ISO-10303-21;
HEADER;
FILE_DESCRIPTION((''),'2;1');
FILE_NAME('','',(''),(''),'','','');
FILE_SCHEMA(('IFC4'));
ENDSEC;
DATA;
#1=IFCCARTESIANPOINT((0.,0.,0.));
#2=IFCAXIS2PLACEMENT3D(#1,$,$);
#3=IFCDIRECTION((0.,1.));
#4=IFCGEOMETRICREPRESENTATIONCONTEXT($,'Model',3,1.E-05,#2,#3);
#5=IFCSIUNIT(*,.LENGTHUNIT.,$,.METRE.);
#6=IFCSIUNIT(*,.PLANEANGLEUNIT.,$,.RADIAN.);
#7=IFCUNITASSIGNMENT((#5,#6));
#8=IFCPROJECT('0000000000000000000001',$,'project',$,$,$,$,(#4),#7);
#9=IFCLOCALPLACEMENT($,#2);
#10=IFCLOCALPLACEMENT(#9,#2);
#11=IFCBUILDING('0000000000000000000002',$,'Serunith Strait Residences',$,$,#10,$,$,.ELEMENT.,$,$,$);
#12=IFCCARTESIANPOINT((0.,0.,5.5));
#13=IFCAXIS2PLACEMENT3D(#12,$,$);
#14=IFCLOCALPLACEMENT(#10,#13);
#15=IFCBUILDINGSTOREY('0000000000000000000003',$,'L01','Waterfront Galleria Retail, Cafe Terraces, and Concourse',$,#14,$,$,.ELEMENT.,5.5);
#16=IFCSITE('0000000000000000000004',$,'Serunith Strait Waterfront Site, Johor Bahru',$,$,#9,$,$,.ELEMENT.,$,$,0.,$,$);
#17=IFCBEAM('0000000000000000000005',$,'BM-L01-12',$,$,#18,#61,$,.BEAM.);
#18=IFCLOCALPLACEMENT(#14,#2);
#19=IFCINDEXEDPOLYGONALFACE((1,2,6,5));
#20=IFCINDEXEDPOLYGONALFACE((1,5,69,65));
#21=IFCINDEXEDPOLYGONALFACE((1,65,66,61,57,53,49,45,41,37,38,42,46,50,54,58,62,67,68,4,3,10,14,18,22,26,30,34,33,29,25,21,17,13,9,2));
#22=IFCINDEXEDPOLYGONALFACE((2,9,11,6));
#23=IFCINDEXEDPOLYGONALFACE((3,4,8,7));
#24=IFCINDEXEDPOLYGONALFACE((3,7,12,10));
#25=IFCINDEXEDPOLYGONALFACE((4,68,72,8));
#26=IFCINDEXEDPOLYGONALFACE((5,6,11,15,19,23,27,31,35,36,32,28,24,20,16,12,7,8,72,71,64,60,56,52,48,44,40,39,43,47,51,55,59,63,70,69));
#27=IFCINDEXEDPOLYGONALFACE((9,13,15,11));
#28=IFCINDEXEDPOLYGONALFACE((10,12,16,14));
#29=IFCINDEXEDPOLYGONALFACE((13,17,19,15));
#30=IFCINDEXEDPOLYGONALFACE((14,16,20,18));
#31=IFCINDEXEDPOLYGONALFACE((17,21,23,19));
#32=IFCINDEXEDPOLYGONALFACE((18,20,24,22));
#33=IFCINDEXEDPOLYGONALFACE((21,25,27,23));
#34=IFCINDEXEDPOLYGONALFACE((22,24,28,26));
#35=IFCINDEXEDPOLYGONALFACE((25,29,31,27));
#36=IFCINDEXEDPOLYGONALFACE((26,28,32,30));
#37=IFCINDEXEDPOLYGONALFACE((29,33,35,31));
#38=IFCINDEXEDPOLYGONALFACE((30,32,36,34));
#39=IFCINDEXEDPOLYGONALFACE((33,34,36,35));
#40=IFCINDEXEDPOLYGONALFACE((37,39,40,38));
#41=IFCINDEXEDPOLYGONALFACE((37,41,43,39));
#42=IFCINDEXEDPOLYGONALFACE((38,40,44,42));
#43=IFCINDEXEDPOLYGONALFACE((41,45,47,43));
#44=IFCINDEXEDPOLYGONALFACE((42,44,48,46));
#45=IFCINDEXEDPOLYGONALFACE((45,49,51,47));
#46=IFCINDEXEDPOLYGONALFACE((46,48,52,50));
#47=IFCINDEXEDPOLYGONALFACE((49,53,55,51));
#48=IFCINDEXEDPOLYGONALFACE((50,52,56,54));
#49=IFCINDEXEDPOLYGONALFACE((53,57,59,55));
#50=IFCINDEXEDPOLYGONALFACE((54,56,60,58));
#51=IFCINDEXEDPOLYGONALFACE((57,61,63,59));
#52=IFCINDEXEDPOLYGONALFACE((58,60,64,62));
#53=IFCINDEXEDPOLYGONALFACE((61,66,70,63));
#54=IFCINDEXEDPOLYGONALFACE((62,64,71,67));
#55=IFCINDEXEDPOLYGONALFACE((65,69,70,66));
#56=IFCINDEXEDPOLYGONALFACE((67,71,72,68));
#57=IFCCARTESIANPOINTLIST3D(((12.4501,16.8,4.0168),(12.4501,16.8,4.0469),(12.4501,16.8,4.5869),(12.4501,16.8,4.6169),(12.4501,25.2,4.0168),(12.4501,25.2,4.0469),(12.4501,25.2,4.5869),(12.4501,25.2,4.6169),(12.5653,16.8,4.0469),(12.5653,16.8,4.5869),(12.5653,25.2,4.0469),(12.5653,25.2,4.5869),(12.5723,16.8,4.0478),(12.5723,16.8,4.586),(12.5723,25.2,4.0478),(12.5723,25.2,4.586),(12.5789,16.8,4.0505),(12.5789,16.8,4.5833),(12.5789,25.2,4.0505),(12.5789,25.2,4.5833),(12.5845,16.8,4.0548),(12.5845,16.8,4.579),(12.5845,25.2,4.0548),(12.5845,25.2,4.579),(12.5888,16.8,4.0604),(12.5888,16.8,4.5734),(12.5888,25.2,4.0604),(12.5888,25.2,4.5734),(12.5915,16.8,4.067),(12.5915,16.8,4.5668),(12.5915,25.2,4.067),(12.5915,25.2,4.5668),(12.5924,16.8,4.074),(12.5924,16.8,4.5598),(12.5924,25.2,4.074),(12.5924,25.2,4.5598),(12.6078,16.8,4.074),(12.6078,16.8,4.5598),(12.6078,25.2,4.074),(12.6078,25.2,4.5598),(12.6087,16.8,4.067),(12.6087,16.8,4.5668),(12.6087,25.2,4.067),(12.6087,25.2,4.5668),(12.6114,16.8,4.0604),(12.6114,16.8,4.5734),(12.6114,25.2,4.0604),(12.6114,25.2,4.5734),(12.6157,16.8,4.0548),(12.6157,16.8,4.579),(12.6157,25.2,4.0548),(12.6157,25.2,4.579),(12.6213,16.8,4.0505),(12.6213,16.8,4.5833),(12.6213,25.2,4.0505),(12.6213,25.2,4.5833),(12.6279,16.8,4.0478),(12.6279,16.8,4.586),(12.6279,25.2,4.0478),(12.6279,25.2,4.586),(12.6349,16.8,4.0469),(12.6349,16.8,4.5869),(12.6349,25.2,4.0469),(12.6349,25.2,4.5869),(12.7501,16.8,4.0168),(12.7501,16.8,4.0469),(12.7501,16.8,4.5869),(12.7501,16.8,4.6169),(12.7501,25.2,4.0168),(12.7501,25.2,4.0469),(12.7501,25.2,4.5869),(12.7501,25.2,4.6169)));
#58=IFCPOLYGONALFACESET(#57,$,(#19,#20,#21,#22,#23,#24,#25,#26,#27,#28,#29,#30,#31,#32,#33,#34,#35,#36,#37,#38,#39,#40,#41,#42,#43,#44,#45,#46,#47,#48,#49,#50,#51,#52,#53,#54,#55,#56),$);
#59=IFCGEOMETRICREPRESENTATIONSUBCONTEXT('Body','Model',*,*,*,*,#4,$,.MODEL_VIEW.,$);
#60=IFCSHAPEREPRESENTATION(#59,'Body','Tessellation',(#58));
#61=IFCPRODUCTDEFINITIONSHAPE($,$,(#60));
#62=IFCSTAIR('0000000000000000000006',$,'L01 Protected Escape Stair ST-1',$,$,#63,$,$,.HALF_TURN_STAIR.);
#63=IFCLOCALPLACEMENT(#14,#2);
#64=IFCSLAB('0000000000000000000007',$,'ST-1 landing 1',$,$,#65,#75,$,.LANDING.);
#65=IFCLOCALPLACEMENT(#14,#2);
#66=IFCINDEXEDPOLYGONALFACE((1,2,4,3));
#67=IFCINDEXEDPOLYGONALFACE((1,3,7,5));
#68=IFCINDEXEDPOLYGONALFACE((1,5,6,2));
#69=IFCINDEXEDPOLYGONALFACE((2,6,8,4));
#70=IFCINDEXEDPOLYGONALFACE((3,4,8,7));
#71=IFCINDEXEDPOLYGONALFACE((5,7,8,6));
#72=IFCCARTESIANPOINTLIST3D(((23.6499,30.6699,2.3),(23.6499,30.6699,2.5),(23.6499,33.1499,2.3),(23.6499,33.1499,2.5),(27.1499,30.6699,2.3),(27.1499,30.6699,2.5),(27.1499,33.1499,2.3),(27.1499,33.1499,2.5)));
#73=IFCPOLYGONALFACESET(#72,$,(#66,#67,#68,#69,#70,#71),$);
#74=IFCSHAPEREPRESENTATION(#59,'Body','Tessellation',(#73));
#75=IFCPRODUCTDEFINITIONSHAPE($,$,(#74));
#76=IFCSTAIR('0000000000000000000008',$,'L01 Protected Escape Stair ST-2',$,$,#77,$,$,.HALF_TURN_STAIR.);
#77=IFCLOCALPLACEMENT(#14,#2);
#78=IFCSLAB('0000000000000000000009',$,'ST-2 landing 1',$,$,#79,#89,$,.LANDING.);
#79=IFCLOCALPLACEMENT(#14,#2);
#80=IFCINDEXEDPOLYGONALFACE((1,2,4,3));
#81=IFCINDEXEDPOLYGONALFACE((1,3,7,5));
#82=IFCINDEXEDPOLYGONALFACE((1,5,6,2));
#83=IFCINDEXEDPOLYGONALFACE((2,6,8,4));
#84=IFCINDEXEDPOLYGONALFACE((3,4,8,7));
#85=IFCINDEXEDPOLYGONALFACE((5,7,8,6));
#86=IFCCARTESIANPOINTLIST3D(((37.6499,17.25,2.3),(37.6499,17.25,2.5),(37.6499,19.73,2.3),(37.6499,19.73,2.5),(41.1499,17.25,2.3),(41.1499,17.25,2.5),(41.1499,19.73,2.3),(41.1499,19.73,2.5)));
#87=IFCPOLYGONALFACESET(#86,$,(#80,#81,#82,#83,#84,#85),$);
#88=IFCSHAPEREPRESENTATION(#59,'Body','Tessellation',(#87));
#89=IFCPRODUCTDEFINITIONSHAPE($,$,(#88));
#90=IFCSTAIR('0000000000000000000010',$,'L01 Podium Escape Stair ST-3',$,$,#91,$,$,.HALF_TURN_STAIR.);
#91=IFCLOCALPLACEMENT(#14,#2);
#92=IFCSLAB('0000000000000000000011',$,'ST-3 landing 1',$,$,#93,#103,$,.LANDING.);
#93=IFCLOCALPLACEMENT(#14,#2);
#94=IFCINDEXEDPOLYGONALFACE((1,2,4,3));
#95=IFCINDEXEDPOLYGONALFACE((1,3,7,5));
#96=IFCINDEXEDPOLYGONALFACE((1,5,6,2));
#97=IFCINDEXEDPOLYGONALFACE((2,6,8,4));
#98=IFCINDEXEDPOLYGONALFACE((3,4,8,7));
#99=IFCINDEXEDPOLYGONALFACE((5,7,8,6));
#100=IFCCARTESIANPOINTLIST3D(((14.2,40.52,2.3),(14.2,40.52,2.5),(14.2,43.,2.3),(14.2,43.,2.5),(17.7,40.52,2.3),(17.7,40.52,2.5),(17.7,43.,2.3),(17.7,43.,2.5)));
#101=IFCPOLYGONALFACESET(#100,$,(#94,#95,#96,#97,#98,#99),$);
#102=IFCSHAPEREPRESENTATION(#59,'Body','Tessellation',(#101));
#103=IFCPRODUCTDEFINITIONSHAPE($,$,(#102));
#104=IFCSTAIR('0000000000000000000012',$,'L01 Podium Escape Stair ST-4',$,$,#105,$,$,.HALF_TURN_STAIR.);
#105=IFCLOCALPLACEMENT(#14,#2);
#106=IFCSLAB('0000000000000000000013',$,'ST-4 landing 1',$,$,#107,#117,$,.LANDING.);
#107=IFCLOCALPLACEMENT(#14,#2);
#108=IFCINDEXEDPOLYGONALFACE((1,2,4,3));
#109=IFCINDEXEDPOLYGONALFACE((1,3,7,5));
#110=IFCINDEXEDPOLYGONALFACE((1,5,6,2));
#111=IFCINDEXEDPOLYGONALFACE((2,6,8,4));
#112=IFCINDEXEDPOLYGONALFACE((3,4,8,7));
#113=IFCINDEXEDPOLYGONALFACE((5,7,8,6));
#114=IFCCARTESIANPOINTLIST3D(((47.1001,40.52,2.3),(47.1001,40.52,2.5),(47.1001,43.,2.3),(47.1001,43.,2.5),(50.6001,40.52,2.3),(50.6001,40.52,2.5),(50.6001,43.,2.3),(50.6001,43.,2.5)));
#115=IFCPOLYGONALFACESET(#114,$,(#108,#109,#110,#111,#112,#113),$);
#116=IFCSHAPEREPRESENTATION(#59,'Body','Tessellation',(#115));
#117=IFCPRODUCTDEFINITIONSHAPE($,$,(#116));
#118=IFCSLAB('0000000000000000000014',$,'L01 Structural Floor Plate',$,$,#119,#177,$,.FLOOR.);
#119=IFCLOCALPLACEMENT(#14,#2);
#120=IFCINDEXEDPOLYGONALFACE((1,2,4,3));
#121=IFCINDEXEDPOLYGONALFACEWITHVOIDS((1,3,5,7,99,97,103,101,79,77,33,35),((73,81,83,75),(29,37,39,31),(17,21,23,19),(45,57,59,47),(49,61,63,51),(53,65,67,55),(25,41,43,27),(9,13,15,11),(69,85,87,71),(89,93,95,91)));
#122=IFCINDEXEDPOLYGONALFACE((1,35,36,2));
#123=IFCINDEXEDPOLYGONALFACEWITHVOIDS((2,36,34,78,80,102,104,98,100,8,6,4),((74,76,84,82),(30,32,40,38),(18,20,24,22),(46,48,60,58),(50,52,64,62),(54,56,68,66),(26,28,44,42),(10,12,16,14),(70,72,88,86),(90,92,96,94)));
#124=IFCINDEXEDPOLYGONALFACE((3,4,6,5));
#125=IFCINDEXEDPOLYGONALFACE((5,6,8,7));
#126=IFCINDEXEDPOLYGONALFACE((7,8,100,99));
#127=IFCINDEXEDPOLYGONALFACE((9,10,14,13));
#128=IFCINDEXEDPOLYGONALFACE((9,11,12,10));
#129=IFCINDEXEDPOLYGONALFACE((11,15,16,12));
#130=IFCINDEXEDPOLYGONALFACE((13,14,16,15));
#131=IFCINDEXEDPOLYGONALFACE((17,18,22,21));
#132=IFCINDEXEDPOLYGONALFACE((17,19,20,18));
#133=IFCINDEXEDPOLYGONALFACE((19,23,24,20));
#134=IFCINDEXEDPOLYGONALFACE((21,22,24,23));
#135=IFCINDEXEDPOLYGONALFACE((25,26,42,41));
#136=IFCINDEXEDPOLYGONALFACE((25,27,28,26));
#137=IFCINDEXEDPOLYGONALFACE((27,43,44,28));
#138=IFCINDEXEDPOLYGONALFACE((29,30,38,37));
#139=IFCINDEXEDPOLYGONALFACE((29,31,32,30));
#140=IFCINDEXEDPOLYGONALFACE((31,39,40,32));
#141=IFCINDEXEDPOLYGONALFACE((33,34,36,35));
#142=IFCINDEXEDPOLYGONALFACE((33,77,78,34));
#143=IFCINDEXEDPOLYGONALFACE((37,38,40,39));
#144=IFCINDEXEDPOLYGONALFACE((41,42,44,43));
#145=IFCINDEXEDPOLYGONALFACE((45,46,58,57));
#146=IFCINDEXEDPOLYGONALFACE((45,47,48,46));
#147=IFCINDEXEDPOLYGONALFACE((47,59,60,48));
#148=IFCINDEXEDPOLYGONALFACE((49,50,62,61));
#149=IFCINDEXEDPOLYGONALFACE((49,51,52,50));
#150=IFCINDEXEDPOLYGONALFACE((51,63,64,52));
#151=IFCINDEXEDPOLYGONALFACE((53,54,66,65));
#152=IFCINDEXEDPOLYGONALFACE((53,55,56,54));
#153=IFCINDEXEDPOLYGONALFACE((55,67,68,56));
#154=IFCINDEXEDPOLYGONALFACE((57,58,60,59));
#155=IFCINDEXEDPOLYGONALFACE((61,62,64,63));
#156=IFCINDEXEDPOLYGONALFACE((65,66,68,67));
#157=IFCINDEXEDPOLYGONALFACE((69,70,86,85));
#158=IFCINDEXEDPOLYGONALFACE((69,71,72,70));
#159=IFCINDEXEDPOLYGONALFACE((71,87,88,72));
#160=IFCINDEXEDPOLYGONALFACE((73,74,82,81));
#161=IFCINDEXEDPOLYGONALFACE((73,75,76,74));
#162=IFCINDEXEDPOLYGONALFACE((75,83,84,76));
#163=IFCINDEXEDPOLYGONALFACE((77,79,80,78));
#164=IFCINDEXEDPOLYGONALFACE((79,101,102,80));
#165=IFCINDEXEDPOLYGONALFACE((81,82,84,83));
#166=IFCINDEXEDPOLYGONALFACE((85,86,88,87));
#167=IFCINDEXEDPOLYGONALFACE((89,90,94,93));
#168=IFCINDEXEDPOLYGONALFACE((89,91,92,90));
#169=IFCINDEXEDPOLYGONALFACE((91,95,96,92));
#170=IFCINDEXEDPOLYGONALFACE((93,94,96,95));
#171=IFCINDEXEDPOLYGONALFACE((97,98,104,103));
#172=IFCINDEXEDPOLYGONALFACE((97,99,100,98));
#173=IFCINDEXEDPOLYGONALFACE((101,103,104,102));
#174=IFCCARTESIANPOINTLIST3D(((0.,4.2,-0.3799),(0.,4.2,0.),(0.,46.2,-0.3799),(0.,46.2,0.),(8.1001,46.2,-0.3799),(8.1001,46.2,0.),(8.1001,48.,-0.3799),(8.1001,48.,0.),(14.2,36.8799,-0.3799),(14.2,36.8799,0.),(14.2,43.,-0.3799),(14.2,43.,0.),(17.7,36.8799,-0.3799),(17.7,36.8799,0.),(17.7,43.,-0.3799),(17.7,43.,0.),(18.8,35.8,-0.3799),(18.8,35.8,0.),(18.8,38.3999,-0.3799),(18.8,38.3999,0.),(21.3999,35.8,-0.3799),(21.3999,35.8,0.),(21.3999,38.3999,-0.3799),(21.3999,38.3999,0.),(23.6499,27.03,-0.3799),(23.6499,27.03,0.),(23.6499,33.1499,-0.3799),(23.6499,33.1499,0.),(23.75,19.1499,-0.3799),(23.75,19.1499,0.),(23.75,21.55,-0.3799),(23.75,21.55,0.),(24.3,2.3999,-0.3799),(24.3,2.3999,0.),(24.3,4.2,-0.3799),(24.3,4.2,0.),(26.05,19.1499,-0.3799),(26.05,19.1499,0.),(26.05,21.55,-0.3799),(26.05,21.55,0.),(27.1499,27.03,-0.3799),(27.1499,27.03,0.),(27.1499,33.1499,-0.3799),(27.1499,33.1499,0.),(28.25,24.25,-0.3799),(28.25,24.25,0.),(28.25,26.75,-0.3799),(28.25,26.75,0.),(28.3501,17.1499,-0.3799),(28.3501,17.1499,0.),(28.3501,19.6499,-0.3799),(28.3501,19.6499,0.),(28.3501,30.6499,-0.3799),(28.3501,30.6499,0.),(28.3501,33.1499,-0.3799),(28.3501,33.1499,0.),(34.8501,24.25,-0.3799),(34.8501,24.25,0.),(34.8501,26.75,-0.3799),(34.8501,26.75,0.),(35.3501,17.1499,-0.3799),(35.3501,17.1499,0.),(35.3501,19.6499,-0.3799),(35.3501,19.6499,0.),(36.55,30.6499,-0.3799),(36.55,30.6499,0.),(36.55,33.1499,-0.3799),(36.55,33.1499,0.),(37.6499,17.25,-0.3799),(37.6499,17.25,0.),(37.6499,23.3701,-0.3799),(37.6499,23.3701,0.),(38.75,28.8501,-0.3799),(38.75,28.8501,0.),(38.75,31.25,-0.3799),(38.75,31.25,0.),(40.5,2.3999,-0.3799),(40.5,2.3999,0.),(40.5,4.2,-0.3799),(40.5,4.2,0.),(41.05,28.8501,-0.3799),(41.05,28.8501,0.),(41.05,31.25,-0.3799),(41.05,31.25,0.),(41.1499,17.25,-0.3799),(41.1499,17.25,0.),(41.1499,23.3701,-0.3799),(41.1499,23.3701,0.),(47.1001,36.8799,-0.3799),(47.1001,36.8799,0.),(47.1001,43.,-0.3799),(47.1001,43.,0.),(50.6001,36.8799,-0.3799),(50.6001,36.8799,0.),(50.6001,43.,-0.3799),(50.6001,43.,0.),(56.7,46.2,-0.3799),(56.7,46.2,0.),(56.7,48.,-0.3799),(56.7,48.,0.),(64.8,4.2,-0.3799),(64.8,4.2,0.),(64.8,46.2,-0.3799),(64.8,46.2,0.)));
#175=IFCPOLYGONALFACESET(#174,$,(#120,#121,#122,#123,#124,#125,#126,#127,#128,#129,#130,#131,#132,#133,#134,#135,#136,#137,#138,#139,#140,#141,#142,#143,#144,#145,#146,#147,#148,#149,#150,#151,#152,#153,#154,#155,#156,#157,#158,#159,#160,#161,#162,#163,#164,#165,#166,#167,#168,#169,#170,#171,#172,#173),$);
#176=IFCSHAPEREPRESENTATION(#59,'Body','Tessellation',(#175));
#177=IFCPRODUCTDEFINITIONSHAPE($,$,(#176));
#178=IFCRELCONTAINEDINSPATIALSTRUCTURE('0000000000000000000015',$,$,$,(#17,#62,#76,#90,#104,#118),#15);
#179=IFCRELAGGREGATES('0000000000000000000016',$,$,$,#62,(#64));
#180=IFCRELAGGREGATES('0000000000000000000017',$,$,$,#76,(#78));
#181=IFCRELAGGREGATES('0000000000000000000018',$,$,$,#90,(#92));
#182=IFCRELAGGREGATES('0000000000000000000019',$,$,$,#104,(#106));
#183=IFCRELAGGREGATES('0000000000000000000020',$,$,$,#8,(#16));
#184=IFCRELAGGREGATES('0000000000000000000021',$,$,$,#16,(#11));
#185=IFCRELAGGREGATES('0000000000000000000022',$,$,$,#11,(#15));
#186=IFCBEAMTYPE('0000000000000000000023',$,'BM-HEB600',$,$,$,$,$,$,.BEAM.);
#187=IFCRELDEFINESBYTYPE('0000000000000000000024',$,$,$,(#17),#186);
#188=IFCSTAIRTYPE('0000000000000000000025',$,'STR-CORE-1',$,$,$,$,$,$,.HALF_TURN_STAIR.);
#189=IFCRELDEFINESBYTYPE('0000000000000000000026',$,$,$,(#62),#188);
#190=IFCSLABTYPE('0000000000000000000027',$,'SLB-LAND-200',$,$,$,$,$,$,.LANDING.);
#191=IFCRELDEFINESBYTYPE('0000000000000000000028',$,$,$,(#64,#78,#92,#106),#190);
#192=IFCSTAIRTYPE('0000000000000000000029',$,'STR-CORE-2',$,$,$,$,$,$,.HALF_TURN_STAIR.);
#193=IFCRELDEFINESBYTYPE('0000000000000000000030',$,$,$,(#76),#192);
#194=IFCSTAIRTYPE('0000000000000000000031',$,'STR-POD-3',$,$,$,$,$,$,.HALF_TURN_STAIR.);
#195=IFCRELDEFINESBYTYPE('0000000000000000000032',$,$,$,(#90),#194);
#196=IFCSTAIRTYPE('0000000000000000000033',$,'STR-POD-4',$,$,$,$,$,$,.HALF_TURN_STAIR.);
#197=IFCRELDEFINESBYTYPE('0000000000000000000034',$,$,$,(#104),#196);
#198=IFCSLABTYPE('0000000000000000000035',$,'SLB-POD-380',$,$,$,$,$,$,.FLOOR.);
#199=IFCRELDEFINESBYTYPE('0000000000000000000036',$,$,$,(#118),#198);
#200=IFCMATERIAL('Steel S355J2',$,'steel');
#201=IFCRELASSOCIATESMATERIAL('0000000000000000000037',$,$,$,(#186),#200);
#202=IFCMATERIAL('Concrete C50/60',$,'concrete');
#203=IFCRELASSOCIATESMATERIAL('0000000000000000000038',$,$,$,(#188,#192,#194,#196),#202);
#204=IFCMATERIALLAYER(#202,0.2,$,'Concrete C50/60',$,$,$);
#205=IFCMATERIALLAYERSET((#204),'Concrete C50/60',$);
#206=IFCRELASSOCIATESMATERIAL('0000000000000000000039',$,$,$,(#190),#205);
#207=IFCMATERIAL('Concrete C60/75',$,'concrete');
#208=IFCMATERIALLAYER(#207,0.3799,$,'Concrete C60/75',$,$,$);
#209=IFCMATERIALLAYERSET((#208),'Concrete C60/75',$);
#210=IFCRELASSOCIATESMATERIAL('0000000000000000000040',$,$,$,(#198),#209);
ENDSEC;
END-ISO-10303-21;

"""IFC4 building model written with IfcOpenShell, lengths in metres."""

from ifc_helpers import new_model, si_unit, direction, frame, origin, origin_2d, place, context, subcontext, project, spatial, polyline, i_section, outline, extrude, source, transform, mapped, material, layer, layer_set, material_profile, profile_set, type_object, element, aggregate, save


model = new_model("IFC4")

# Units and contexts
model_context = context("Model", 3, precision=1e-05, world=origin(), true_north=direction((0.0, 1.0)))
body_context = subcontext(model_context, "Body", "Model", "MODEL_VIEW")
ifc_project = project(units=[si_unit("LENGTHUNIT", "METRE"), si_unit("PLANEANGLEUNIT", "RADIAN")], contexts=[model_context])

# Site, building, storey
site_placement = place(None, origin())
site = spatial("IfcSite", under=ifc_project, at=site_placement, Name="Serunith Strait Waterfront Site, Johor Bahru", CompositionType="ELEMENT", RefElevation=0.0)
building_placement = place(site_placement, origin())
building = spatial("IfcBuilding", under=site, at=building_placement, Name="Serunith Strait Residences", CompositionType="ELEMENT")
storey_placement = place(building_placement, frame((0.0, 0.0, 5.5)))
storey = spatial("IfcBuildingStorey", under=building, at=storey_placement, Name="L01", Description="Waterfront Galleria Retail, Cafe Terraces, and Concourse", CompositionType="ELEMENT", Elevation=5.5)

# Beam
ifc_material_1 = material(Name="Steel S355J2", Category="steel")
ifc_material_profile_1 = material_profile(ifc_material_1, i_section(OverallWidth=0.3, OverallDepth=0.6001, WebThickness=0.0154, FlangeThickness=0.03, FilletRadius=0.0271, at=origin_2d()), Name="HEB 600")
ifc_profile_set_1 = profile_set([ifc_material_profile_1], Name="Steel S355J2")
beam_type_1 = type_object("IfcBeamType", Name="BM-HEB600", PredefinedType="BEAM", material=ifc_profile_set_1)
shared_shape_1 = source(origin(), body_context, "Body", "SweptSolid", [
    extrude(i_section(OverallWidth=0.3, OverallDepth=0.6001, WebThickness=0.0154, FlangeThickness=0.03, FilletRadius=0.0271, at=origin_2d()), origin(), (0.0, 0.0, 1.0), 8.3999),
])
beam_1_placement = place(storey_placement, frame((12.6001, 16.8, 4.3169), z_axis=(0.0, 1.0, 0.0), x_axis=(-1.0, 0.0, 0.0)))
element("IfcBeam", 1, at=beam_1_placement, inside=storey, type_object=beam_type_1, Name="BM-L01-12", PredefinedType="BEAM", context=body_context, shape_type="MappedRepresentation", body=[
    mapped(shared_shape_1, transform((0.0, 0.0, 0.0), scale=1.0)),
])

# Stairs, slabs
ifc_material_2 = material(Name="Concrete C50/60", Category="concrete")
stair_type_1 = type_object("IfcStairType", Name="STR-CORE-1", PredefinedType="HALF_TURN_STAIR", material=ifc_material_2)
stair_1_placement = place(storey_placement, origin())
stair_1 = element("IfcStair", 2, at=stair_1_placement, inside=storey, type_object=stair_type_1, Name="L01 Protected Escape Stair ST-1", PredefinedType="HALF_TURN_STAIR")
ifc_layer_1 = layer(ifc_material_2, 0.2, Name="Concrete C50/60")
ifc_layer_set_1 = layer_set([ifc_layer_1], Name="Concrete C50/60")
slab_type_1 = type_object("IfcSlabType", Name="SLB-LAND-200", PredefinedType="LANDING", material=ifc_layer_set_1)
slab_1_placement = place(storey_placement, frame((0.0, 0.0, 2.3)))
slab_1 = element("IfcSlab", 3, at=slab_1_placement, type_object=slab_type_1, Name="ST-1 landing 1", PredefinedType="LANDING", context=body_context, shape_type="SweptSolid", body=[
    extrude(outline(polyline([(27.1499, 30.6699), (27.1499, 33.1499), (23.6499, 33.1499), (23.6499, 30.6699), (27.1499, 30.6699)])), origin(), (0.0, 0.0, 1.0), 0.2),
])
aggregate(stair_1, [slab_1])
stair_type_2 = type_object("IfcStairType", Name="STR-CORE-2", PredefinedType="HALF_TURN_STAIR", material=ifc_material_2)
stair_2_placement = place(storey_placement, origin())
stair_2 = element("IfcStair", 4, at=stair_2_placement, inside=storey, type_object=stair_type_2, Name="L01 Protected Escape Stair ST-2", PredefinedType="HALF_TURN_STAIR")
slab_2_placement = place(storey_placement, frame((0.0, 0.0, 2.3)))
slab_2 = element("IfcSlab", 5, at=slab_2_placement, type_object=slab_type_1, Name="ST-2 landing 1", PredefinedType="LANDING", context=body_context, shape_type="SweptSolid", body=[
    extrude(outline(polyline([(37.6499, 19.73), (37.6499, 17.25), (41.1499, 17.25), (41.1499, 19.73), (37.6499, 19.73)])), origin(), (0.0, 0.0, 1.0), 0.2),
])
aggregate(stair_2, [slab_2])
stair_type_3 = type_object("IfcStairType", Name="STR-POD-3", PredefinedType="HALF_TURN_STAIR", material=ifc_material_2)
stair_3_placement = place(storey_placement, origin())
stair_3 = element("IfcStair", 6, at=stair_3_placement, inside=storey, type_object=stair_type_3, Name="L01 Podium Escape Stair ST-3", PredefinedType="HALF_TURN_STAIR")
slab_3_placement = place(storey_placement, frame((0.0, 0.0, 2.3)))
slab_3 = element("IfcSlab", 7, at=slab_3_placement, type_object=slab_type_1, Name="ST-3 landing 1", PredefinedType="LANDING", context=body_context, shape_type="SweptSolid", body=[
    extrude(outline(polyline([(17.7, 40.52), (17.7, 43.0), (14.2, 43.0), (14.2, 40.52), (17.7, 40.52)])), origin(), (0.0, 0.0, 1.0), 0.2),
])
aggregate(stair_3, [slab_3])
stair_type_4 = type_object("IfcStairType", Name="STR-POD-4", PredefinedType="HALF_TURN_STAIR", material=ifc_material_2)
stair_4_placement = place(storey_placement, origin())
stair_4 = element("IfcStair", 8, at=stair_4_placement, inside=storey, type_object=stair_type_4, Name="L01 Podium Escape Stair ST-4", PredefinedType="HALF_TURN_STAIR")
slab_4_placement = place(storey_placement, frame((0.0, 0.0, 2.3)))
slab_4 = element("IfcSlab", 9, at=slab_4_placement, type_object=slab_type_1, Name="ST-4 landing 1", PredefinedType="LANDING", context=body_context, shape_type="SweptSolid", body=[
    extrude(outline(polyline([(50.6001, 40.52), (50.6001, 43.0), (47.1001, 43.0), (47.1001, 40.52), (50.6001, 40.52)])), origin(), (0.0, 0.0, 1.0), 0.2),
])
aggregate(stair_4, [slab_4])

# Slab
ifc_material_3 = material(Name="Concrete C60/75", Category="concrete")
ifc_layer_2 = layer(ifc_material_3, 0.3799, Name="Concrete C60/75")
ifc_layer_set_2 = layer_set([ifc_layer_2], Name="Concrete C60/75")
slab_type_2 = type_object("IfcSlabType", Name="SLB-POD-380", PredefinedType="FLOOR", material=ifc_layer_set_2)
slab_5_placement = place(storey_placement, frame((0.0, 0.0, -0.3799)))
element("IfcSlab", 10, at=slab_5_placement, inside=storey, type_object=slab_type_2, Name="L01 Structural Floor Plate", PredefinedType="FLOOR", context=body_context, shape_type="SweptSolid", body=[
    extrude(outline(polyline([(0.0, 46.2), (8.1001, 46.2), (8.1001, 48.0), (56.7, 48.0), (56.7, 46.2), (64.8, 46.2), (64.8, 4.2), (40.5, 4.2), (40.5, 2.3999), (24.3, 2.3999), (24.3, 4.2), (0.0, 4.2), (0.0, 46.2)]), holes=[polyline([(50.6001, 43.0), (47.1001, 43.0), (47.1001, 36.8799), (50.6001, 36.8799), (50.6001, 43.0)]), polyline([(41.1499, 17.25), (41.1499, 23.3701), (37.6499, 23.3701), (37.6499, 17.25), (41.1499, 17.25)]), polyline([(41.05, 28.8501), (41.05, 31.25), (38.75, 31.25), (38.75, 28.8501), (41.05, 28.8501)]), polyline([(36.55, 33.1499), (28.3501, 33.1499), (28.3501, 30.6499), (36.55, 30.6499), (36.55, 33.1499)]), polyline([(35.3501, 19.6499), (28.3501, 19.6499), (28.3501, 17.1499), (35.3501, 17.1499), (35.3501, 19.6499)]), polyline([(34.8501, 24.25), (34.8501, 26.75), (28.25, 26.75), (28.25, 24.25), (34.8501, 24.25)]), polyline([(23.6499, 33.1499), (23.6499, 27.03), (27.1499, 27.03), (27.1499, 33.1499), (23.6499, 33.1499)]), polyline([(26.05, 21.55), (23.75, 21.55), (23.75, 19.1499), (26.05, 19.1499), (26.05, 21.55)]), polyline([(21.3999, 38.3999), (18.8, 38.3999), (18.8, 35.8), (21.3999, 35.8), (21.3999, 38.3999)]), polyline([(17.7, 43.0), (14.2, 43.0), (14.2, 36.8799), (17.7, 36.8799), (17.7, 43.0)])]), origin(), (0.0, 0.0, 1.0), 0.3799),
])

save(model, "model.ifc")
